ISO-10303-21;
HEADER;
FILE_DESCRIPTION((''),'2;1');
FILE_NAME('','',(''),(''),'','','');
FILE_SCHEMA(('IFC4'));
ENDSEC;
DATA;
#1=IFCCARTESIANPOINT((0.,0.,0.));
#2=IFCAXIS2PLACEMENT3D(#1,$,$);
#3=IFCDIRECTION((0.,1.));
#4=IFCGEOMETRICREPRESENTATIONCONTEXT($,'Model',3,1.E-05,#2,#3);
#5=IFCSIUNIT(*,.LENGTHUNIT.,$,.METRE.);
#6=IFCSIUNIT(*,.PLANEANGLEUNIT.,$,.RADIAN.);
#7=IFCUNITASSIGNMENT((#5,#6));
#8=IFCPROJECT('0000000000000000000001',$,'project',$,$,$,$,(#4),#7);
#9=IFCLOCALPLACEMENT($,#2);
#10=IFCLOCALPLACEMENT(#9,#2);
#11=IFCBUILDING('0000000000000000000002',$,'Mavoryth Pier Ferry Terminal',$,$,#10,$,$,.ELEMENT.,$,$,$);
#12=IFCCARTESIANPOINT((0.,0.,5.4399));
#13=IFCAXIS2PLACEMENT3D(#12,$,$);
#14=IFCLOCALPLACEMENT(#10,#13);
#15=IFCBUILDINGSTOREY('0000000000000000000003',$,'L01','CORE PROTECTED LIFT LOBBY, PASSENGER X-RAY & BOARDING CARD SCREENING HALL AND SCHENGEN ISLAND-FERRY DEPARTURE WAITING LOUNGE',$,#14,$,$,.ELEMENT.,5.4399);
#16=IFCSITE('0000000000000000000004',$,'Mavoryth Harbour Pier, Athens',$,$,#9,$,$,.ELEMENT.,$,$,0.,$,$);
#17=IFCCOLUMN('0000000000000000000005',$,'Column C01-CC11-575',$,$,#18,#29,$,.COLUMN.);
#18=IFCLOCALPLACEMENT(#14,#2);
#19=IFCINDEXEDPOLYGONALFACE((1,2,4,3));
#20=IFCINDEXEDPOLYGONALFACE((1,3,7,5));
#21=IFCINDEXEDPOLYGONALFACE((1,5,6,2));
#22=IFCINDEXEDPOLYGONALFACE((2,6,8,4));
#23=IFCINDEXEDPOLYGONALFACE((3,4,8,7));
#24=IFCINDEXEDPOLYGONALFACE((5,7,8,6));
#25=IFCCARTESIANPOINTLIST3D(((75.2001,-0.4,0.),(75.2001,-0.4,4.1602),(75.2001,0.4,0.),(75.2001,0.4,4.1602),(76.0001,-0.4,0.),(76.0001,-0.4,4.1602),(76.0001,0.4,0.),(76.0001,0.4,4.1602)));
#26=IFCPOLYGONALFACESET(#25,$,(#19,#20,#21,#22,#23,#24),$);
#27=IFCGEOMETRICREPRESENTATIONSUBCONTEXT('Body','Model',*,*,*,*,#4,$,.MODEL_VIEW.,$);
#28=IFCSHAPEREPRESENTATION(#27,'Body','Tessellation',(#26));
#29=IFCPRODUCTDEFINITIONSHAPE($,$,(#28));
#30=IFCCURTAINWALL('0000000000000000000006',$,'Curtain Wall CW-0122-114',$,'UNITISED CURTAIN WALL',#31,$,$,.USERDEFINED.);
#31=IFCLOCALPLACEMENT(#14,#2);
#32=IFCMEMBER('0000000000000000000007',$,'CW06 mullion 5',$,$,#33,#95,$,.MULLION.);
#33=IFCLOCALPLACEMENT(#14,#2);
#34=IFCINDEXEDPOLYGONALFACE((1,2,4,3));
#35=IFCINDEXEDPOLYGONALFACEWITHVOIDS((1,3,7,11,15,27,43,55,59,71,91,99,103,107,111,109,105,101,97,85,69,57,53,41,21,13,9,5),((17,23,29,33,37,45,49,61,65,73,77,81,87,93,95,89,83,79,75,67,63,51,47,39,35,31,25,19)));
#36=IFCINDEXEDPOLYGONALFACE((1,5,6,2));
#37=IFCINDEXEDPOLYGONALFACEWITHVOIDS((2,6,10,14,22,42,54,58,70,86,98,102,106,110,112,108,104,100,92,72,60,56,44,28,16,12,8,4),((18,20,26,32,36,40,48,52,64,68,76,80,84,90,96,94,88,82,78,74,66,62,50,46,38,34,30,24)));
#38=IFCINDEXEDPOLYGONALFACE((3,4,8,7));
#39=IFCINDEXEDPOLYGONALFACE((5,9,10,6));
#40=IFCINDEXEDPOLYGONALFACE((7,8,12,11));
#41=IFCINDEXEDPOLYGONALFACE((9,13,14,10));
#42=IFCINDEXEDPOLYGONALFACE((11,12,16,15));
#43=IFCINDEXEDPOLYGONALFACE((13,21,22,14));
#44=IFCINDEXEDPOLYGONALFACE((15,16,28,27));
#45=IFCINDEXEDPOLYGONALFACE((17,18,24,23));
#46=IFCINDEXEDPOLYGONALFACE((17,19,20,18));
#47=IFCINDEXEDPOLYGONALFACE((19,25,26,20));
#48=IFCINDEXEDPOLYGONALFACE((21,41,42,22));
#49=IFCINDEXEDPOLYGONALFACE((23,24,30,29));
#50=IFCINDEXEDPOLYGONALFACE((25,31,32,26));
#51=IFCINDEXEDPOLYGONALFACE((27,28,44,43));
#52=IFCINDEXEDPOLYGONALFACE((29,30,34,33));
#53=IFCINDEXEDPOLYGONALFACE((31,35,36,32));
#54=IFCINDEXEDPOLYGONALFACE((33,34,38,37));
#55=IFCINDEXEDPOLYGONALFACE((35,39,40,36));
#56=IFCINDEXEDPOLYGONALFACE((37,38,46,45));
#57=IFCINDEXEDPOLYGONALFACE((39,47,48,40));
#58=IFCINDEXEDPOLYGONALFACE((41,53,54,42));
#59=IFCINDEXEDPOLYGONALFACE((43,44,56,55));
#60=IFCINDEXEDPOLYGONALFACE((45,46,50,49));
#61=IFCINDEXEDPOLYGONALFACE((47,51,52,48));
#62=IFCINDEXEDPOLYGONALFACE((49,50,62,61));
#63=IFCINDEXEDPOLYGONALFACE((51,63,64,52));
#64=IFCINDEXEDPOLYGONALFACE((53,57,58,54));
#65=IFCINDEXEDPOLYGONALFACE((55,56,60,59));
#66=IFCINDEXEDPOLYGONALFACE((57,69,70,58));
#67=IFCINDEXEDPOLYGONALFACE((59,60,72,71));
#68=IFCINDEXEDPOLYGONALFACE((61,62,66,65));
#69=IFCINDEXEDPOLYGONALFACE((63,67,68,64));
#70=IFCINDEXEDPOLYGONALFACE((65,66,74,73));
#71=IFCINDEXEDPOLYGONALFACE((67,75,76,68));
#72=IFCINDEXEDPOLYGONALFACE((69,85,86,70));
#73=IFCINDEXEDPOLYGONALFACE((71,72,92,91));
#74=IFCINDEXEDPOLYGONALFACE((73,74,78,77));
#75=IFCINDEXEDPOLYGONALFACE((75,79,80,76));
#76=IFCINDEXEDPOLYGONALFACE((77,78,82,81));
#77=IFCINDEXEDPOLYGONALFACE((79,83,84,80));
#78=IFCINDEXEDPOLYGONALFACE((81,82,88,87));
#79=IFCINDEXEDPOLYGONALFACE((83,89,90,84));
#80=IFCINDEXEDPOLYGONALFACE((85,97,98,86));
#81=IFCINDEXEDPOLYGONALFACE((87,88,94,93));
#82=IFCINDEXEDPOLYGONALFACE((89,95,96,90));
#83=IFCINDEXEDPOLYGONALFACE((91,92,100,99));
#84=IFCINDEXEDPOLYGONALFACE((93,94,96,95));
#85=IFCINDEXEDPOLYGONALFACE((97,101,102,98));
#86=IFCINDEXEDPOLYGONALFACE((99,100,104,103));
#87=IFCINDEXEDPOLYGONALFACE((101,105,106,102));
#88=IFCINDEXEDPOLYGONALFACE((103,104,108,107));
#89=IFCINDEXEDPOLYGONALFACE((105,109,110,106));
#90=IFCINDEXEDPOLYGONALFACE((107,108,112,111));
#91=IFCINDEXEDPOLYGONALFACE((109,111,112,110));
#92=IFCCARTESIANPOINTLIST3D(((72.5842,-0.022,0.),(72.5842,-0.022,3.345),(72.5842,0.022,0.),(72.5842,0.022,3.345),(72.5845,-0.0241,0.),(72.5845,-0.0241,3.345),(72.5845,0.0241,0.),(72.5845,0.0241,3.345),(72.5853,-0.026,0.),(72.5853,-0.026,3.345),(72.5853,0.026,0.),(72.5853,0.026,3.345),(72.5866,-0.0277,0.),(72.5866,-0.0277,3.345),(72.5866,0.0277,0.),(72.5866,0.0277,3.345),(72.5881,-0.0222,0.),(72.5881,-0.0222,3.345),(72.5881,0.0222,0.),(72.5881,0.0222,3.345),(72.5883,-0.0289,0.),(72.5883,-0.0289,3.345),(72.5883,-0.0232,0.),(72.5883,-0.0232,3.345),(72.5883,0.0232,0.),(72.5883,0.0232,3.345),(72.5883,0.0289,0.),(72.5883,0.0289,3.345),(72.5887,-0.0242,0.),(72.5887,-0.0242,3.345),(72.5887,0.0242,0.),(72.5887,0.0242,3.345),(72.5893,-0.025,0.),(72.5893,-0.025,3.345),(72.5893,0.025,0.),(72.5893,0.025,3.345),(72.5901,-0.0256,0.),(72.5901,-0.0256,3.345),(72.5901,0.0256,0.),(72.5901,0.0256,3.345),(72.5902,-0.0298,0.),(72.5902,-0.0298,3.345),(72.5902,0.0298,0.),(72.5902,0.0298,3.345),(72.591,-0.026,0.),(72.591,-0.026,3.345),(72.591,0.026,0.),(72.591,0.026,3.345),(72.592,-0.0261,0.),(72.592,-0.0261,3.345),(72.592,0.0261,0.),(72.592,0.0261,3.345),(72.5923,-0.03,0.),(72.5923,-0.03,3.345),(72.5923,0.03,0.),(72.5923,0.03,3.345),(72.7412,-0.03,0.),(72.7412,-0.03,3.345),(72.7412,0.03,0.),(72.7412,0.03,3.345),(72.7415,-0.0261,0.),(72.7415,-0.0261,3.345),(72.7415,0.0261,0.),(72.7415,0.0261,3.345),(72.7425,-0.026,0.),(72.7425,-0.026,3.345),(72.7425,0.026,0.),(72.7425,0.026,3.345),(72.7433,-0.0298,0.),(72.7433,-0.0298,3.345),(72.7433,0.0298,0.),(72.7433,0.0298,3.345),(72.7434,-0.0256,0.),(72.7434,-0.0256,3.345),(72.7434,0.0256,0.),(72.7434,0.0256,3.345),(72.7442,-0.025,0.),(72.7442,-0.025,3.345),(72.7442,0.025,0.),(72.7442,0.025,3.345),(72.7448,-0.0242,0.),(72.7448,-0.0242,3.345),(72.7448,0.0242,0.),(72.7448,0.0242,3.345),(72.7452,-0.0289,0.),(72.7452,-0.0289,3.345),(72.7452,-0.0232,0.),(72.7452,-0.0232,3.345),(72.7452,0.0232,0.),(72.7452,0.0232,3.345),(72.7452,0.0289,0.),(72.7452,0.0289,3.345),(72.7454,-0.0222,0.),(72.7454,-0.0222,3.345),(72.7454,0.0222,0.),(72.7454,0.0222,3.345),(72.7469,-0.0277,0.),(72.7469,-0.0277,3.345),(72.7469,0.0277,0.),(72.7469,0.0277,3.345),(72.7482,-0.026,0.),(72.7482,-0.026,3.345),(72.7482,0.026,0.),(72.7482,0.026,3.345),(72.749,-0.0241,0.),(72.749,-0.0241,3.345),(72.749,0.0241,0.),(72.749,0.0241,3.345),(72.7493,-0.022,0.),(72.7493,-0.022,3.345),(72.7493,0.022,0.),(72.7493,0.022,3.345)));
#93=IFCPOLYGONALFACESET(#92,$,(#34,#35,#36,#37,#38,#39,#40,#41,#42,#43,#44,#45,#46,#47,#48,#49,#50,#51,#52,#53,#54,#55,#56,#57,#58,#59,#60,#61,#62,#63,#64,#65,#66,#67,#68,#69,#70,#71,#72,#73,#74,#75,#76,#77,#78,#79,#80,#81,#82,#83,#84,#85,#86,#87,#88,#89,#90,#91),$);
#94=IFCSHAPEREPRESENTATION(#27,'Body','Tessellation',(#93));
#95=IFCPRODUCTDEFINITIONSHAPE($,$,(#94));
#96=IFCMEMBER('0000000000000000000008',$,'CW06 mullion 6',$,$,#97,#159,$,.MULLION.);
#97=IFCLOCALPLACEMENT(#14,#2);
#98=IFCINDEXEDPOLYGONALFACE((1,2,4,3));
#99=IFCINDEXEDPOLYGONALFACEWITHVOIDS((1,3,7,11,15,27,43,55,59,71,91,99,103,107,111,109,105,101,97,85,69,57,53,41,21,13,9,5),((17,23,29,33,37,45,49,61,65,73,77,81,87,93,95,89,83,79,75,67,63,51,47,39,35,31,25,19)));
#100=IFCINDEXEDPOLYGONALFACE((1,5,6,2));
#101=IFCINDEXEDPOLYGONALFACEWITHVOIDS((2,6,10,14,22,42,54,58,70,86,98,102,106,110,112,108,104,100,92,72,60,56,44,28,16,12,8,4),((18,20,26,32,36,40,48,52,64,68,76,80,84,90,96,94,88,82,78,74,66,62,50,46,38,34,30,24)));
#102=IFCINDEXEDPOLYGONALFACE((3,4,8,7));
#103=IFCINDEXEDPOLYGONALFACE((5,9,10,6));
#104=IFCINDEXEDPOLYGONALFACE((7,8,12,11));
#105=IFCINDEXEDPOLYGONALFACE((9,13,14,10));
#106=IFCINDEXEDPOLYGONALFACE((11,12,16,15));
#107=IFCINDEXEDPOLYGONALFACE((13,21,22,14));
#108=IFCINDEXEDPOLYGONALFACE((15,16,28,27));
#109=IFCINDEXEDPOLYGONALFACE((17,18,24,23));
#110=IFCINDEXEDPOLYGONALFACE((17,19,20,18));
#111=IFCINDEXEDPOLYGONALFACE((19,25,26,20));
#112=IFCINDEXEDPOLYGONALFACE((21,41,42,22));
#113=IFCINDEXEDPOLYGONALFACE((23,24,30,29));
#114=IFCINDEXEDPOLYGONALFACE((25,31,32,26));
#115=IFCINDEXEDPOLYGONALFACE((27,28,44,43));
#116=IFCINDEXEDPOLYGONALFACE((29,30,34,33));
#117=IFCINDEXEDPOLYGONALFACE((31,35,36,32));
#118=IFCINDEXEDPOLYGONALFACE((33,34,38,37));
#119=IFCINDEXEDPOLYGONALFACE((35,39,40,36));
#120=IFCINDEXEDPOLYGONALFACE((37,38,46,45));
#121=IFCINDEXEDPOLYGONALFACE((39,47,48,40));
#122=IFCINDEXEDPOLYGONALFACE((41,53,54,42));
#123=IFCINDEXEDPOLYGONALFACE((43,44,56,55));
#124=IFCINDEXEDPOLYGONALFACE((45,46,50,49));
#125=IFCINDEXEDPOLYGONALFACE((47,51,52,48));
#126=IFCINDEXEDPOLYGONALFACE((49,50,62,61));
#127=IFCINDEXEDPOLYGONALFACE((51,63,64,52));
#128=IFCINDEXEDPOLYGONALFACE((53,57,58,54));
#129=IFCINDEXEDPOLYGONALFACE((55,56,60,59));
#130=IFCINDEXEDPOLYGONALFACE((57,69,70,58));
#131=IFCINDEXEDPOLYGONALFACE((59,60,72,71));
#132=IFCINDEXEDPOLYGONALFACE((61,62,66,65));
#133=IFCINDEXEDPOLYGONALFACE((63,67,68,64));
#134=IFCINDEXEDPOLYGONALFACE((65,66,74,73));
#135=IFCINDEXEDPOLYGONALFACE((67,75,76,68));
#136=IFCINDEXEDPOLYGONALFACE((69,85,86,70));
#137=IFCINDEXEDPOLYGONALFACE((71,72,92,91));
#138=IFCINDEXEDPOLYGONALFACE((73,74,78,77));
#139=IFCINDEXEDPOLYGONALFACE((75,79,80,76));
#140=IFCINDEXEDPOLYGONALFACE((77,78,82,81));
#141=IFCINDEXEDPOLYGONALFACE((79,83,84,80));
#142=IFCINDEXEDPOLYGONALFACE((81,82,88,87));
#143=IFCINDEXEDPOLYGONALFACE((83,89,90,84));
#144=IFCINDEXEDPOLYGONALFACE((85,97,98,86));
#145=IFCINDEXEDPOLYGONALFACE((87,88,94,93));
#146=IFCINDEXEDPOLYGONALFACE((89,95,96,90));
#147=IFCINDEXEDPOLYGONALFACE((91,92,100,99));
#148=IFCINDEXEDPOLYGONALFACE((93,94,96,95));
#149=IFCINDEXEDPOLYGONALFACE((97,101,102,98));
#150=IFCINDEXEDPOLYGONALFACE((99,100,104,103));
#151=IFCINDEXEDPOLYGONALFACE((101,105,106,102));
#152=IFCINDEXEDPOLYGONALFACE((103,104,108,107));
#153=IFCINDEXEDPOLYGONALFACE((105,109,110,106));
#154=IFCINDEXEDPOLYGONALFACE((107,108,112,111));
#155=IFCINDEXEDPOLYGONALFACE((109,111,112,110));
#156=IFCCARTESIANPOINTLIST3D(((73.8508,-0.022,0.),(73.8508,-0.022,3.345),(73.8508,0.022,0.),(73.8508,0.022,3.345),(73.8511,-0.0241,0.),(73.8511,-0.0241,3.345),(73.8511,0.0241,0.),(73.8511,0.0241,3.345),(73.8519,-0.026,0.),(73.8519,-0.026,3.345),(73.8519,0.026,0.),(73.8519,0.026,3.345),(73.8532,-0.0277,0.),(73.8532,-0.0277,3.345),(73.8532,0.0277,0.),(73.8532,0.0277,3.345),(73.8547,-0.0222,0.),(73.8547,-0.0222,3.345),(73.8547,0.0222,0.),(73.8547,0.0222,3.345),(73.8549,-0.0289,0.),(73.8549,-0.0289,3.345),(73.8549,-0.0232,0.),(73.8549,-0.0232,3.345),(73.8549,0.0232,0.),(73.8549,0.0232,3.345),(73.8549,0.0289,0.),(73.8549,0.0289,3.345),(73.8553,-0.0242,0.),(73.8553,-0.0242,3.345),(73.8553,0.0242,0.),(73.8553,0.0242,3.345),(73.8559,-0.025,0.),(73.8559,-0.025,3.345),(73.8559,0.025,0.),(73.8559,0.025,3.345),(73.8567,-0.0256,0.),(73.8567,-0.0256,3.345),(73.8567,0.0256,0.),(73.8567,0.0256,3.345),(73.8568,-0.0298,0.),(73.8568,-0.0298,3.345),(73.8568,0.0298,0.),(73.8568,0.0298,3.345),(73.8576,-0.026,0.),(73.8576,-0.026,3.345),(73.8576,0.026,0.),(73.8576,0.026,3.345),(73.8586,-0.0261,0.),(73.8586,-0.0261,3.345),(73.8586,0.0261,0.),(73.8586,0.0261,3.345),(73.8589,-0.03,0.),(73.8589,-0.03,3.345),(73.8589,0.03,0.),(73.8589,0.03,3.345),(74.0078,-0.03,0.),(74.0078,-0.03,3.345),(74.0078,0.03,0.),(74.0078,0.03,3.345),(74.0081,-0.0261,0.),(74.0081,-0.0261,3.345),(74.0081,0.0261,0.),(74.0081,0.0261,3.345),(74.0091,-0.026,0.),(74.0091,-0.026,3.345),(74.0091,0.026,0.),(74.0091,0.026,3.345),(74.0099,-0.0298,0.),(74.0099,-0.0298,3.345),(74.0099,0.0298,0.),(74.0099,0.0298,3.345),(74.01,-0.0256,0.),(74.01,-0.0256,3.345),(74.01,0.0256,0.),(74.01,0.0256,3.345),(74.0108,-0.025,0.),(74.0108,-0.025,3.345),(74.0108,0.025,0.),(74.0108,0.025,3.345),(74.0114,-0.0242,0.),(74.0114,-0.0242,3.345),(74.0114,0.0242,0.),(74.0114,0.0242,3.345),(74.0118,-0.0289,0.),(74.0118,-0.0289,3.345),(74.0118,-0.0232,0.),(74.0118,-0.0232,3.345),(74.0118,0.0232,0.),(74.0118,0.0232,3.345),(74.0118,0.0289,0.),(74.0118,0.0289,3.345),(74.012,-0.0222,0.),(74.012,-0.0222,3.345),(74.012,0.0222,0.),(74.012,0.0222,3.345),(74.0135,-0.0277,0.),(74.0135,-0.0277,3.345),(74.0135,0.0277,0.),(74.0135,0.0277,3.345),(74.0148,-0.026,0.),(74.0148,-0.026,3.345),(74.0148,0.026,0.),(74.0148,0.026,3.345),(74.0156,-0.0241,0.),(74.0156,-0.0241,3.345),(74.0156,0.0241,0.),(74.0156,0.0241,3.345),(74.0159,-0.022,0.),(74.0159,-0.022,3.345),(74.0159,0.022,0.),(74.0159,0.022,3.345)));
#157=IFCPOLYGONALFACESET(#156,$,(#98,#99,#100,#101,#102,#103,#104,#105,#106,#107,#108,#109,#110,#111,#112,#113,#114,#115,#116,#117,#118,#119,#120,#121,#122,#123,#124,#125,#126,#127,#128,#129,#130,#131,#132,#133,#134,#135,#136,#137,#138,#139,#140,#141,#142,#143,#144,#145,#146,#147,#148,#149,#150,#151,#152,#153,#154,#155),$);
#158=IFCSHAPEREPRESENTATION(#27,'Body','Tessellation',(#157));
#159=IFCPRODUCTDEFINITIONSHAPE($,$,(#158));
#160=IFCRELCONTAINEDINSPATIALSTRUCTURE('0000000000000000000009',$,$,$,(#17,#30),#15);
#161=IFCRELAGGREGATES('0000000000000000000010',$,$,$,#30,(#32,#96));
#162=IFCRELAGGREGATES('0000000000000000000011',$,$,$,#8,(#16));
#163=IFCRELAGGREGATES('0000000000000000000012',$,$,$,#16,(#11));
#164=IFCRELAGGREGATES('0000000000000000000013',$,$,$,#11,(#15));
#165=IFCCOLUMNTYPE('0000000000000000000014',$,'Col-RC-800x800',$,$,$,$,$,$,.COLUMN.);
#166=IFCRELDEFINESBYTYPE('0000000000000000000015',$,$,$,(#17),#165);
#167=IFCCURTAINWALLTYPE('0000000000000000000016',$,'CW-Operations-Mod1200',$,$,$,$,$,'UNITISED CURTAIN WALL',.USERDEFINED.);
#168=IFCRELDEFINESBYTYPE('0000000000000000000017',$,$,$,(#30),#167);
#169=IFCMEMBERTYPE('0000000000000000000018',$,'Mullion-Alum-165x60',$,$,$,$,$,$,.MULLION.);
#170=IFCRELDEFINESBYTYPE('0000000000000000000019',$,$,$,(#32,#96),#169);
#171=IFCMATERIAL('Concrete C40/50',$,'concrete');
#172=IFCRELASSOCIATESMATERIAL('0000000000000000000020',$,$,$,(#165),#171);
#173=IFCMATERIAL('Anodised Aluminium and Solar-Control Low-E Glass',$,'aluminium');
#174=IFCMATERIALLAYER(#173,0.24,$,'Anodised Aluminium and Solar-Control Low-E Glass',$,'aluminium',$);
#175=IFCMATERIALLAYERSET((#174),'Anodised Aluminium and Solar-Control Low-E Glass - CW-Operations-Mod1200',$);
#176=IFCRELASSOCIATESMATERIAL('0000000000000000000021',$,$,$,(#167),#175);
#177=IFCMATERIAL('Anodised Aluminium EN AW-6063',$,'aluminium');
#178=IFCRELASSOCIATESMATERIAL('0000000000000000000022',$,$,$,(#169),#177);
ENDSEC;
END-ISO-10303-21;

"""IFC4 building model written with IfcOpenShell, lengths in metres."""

from ifc_helpers import new_model, si_unit, direction, frame, origin, origin_2d, place, context, subcontext, project, spatial, rectangle, hollow_rectangle, extrude, material, layer, layer_set, material_profile, profile_set, type_object, element, aggregate, save


model = new_model("IFC4")

# Units and contexts
model_context = context("Model", 3, precision=1e-05, world=origin(), true_north=direction((0.0, 1.0)))
body_context = subcontext(model_context, "Body", "Model", "MODEL_VIEW")
ifc_project = project(units=[si_unit("LENGTHUNIT", "METRE"), si_unit("PLANEANGLEUNIT", "RADIAN")], contexts=[model_context])

# Site, building, storey
site_placement = place(None, origin())
site = spatial("IfcSite", under=ifc_project, at=site_placement, Name="Mavoryth Harbour Pier, Athens", CompositionType="ELEMENT", RefElevation=0.0)
building_placement = place(site_placement, origin())
building = spatial("IfcBuilding", under=site, at=building_placement, Name="Mavoryth Pier Ferry Terminal", CompositionType="ELEMENT")
storey_placement = place(building_placement, frame((0.0, 0.0, 5.4399)))
storey = spatial("IfcBuildingStorey", under=building, at=storey_placement, Name="L01", Description="CORE PROTECTED LIFT LOBBY, PASSENGER X-RAY & BOARDING CARD SCREENING HALL AND SCHENGEN ISLAND-FERRY DEPARTURE WAITING LOUNGE", CompositionType="ELEMENT", Elevation=5.4399)

# Column
ifc_material_1 = material(Name="Concrete C40/50", Category="concrete")
ifc_material_profile_1 = material_profile(ifc_material_1, rectangle(XDim=0.8, YDim=0.8, at=origin_2d()), Name="RC 800x800", Category="concrete")
ifc_profile_set_1 = profile_set([ifc_material_profile_1], Name="Concrete C40/50 - RC 800x800")
column_type = type_object("IfcColumnType", Name="Col-RC-800x800", PredefinedType="COLUMN", material=ifc_profile_set_1)
column_placement = place(storey_placement, frame((75.6001, 0.0, 0.0), z_axis=(0.0, 0.0, 1.0), x_axis=(1.0, 0.0, 0.0)))
element("IfcColumn", 1, at=column_placement, inside=storey, type_object=column_type, Name="Column C01-CC11-575", PredefinedType="COLUMN", context=body_context, shape_type="SweptSolid", body=[
    extrude(rectangle(XDim=0.8, YDim=0.8, at=origin_2d()), origin(), (0.0, 0.0, 1.0), 4.1602),
])

# Curtain wall, members
ifc_material_2 = material(Name="Anodised Aluminium and Solar-Control Low-E Glass", Category="aluminium")
ifc_layer_1 = layer(ifc_material_2, 0.24, Name="Anodised Aluminium and Solar-Control Low-E Glass", Category="aluminium")
ifc_layer_set_1 = layer_set([ifc_layer_1], Name="Anodised Aluminium and Solar-Control Low-E Glass - CW-Operations-Mod1200")
curtain_wall_type = type_object("IfcCurtainWallType", Name="CW-Operations-Mod1200", ElementType="UNITISED CURTAIN WALL", PredefinedType="USERDEFINED", material=ifc_layer_set_1)
curtain_wall_1_placement = place(storey_placement, origin())
curtain_wall_1 = element("IfcCurtainWall", 2, at=curtain_wall_1_placement, inside=storey, type_object=curtain_wall_type, Name="Curtain Wall CW-0122-114", ObjectType="UNITISED CURTAIN WALL", PredefinedType="USERDEFINED")
ifc_material_3 = material(Name="Anodised Aluminium EN AW-6063", Category="aluminium")
ifc_material_profile_2 = material_profile(ifc_material_3, hollow_rectangle(XDim=0.0601, YDim=0.165, WallThickness=0.0039, InnerFilletRadius=0.0039, OuterFilletRadius=0.0081, at=origin_2d()), Name="AL-MULL 165x60x4", Category="aluminium")
ifc_profile_set_2 = profile_set([ifc_material_profile_2], Name="Anodised Aluminium EN AW-6063 - AL-MULL 165x60x4")
member_type_1 = type_object("IfcMemberType", Name="Mullion-Alum-165x60", PredefinedType="MULLION", material=ifc_profile_set_2)
member_1_placement = place(storey_placement, frame((72.6667, 0.0, 0.0), z_axis=(0.0, 0.0, 1.0), x_axis=(0.0, 1.0, 0.0)))
member_1 = element("IfcMember", 3, at=member_1_placement, type_object=member_type_1, Name="CW06 mullion 5", PredefinedType="MULLION", context=body_context, shape_type="SweptSolid", body=[
    extrude(hollow_rectangle(XDim=0.0601, YDim=0.165, WallThickness=0.0039, InnerFilletRadius=0.0039, OuterFilletRadius=0.0081, at=origin_2d()), origin(), (0.0, 0.0, 1.0), 3.345),
])
member_2_placement = place(storey_placement, frame((73.9333, 0.0, 0.0), z_axis=(0.0, 0.0, 1.0), x_axis=(0.0, 1.0, 0.0)))
member_2 = element("IfcMember", 4, at=member_2_placement, type_object=member_type_1, Name="CW06 mullion 6", PredefinedType="MULLION", context=body_context, shape_type="SweptSolid", body=[
    extrude(hollow_rectangle(XDim=0.0601, YDim=0.165, WallThickness=0.0039, InnerFilletRadius=0.0039, OuterFilletRadius=0.0081, at=origin_2d()), origin(), (0.0, 0.0, 1.0), 3.345),
])

aggregate(curtain_wall_1, [member_1, member_2])

save(model, "model.ifc")
